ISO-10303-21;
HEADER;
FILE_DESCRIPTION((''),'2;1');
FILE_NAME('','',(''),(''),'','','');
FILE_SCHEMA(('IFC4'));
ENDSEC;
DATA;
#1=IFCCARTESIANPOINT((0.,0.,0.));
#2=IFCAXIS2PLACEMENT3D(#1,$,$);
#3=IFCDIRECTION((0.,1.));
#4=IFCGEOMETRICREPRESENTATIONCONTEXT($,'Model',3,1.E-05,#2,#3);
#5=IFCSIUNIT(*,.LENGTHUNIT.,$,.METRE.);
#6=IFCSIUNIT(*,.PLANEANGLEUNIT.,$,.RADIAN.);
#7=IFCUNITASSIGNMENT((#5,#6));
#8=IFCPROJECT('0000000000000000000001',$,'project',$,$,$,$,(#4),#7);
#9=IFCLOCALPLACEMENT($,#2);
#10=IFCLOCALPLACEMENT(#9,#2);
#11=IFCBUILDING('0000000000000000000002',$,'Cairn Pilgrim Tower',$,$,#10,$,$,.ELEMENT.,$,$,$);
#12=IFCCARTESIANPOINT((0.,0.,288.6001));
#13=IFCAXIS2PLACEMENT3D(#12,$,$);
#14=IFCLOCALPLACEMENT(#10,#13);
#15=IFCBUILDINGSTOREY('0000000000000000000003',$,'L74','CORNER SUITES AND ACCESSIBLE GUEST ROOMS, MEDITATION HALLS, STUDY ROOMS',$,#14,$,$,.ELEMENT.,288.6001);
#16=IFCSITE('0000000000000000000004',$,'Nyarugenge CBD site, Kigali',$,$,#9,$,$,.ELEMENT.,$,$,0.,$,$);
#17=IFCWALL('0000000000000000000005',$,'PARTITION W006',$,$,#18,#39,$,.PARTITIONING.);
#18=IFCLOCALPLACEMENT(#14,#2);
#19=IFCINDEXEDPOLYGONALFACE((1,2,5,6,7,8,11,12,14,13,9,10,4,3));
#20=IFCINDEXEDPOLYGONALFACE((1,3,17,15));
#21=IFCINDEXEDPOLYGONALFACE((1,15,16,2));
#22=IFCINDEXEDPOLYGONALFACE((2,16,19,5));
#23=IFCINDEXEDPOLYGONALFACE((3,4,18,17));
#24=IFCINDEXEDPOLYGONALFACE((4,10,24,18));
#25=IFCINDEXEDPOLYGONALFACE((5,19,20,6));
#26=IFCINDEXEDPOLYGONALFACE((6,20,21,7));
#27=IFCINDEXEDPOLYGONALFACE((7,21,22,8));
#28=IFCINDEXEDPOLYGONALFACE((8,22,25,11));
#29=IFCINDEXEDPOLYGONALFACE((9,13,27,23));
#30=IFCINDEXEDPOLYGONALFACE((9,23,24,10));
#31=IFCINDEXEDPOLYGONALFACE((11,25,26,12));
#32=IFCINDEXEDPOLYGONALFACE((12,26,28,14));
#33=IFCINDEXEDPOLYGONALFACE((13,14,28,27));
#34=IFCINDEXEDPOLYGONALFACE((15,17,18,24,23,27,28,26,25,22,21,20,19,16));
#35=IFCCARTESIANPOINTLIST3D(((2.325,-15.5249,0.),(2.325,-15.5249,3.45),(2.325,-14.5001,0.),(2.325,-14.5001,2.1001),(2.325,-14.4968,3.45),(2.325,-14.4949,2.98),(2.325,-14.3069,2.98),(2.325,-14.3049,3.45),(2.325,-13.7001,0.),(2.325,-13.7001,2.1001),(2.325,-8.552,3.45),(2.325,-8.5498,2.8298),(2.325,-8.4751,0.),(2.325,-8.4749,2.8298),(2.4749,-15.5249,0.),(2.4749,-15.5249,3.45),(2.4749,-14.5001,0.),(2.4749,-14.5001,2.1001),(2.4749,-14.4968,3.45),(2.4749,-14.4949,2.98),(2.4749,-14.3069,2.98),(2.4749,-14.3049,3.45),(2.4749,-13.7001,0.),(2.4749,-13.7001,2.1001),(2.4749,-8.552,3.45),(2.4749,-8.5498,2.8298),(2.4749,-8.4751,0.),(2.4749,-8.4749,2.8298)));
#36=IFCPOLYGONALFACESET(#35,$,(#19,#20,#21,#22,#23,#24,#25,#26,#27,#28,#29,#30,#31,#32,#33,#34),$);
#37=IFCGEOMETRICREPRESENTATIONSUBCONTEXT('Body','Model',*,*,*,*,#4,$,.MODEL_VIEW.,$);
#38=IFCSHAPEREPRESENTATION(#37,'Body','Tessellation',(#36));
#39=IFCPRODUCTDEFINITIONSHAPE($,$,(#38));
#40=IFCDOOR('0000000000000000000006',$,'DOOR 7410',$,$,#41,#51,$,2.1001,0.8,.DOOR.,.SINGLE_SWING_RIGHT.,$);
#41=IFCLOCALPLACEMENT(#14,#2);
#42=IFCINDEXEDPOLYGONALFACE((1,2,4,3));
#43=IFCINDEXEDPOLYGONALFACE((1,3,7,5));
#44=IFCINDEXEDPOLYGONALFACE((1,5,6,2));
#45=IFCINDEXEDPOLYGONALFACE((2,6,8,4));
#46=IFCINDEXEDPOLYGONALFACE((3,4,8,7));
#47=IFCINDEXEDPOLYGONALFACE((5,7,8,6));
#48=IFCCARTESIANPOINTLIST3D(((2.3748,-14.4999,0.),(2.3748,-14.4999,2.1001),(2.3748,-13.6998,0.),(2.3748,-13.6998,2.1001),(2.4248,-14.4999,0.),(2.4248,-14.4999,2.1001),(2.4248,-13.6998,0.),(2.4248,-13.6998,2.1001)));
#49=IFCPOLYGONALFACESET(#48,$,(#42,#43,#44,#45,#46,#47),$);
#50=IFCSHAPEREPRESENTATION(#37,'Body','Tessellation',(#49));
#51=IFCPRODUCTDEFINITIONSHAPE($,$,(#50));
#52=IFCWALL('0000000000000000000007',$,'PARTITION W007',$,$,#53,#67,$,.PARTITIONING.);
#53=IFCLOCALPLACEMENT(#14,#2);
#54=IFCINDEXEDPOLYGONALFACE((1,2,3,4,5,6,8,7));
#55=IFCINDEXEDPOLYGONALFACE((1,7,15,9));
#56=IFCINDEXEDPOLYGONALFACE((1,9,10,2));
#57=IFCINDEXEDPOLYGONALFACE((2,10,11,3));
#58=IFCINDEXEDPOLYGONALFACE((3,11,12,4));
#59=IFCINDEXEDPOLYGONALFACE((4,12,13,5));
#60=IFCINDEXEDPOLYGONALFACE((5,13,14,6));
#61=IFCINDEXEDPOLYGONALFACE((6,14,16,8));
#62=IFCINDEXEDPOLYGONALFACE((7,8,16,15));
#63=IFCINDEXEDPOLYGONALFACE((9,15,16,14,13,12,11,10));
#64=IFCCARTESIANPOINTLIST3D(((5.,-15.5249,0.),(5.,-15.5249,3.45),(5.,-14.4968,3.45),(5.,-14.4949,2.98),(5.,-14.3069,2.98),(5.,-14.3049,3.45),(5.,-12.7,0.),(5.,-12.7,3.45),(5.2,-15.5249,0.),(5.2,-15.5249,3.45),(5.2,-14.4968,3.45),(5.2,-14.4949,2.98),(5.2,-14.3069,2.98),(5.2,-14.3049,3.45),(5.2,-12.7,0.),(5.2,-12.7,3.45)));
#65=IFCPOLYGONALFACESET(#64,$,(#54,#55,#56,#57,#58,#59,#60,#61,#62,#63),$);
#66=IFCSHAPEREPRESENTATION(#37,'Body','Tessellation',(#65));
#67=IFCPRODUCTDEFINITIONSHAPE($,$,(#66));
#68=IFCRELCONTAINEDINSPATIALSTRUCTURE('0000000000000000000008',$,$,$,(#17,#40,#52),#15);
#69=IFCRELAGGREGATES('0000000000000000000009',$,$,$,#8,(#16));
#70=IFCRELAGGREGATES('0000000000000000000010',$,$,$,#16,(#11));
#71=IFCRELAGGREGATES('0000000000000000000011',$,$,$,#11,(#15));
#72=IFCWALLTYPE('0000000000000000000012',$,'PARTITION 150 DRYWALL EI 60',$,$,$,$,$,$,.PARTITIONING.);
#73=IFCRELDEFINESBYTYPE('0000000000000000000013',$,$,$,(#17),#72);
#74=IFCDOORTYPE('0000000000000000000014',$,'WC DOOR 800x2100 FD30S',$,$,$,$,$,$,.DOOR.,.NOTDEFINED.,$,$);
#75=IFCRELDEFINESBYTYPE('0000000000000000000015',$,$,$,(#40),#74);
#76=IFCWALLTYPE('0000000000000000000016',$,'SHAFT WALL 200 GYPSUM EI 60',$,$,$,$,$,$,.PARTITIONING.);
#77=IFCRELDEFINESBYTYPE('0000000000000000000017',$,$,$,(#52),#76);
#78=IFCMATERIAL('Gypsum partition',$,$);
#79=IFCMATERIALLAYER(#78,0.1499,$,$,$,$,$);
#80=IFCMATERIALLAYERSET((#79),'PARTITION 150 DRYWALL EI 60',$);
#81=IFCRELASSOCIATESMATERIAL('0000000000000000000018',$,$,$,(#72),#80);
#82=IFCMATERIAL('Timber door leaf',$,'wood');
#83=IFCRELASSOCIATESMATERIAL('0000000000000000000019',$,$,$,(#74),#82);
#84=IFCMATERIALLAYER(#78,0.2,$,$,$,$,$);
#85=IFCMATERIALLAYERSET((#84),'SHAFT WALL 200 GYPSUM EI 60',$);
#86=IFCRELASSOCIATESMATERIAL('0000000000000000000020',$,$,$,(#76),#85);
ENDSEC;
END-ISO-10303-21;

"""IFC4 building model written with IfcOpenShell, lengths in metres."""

from ifc_helpers import new_model, si_unit, direction, frame, frame_2d, origin, place, context, subcontext, project, spatial, polyline, rectangle, outline, extrude, material, layer, layer_set, type_object, element, fill, save


model = new_model("IFC4")

# Units and contexts
model_context = context("Model", 3, precision=1e-05, world=origin(), true_north=direction((0.0, 1.0)))
body_context = subcontext(model_context, "Body", "Model", "MODEL_VIEW")
ifc_project = project(units=[si_unit("LENGTHUNIT", "METRE"), si_unit("PLANEANGLEUNIT", "RADIAN")], contexts=[model_context])

# Site, building, storey
site_placement = place(None, origin())
site = spatial("IfcSite", under=ifc_project, at=site_placement, Name="Nyarugenge CBD site, Kigali", CompositionType="ELEMENT", RefElevation=0.0)
building_placement = place(site_placement, origin())
building = spatial("IfcBuilding", under=site, at=building_placement, Name="Cairn Pilgrim Tower", CompositionType="ELEMENT")
storey_placement = place(building_placement, frame((0.0, 0.0, 288.6001)))
storey = spatial("IfcBuildingStorey", under=building, at=storey_placement, Name="L74", Description="CORNER SUITES AND ACCESSIBLE GUEST ROOMS, MEDITATION HALLS, STUDY ROOMS", CompositionType="ELEMENT", Elevation=288.6001)

# Shared definitions
ifc_material_1 = material(Name="Gypsum partition")
ifc_layer_1 = layer(ifc_material_1, 0.1499)
ifc_layer_set_1 = layer_set([ifc_layer_1], Name="PARTITION 150 DRYWALL EI 60")
wall_type_1 = type_object("IfcWallType", Name="PARTITION 150 DRYWALL EI 60", PredefinedType="PARTITIONING", material=ifc_layer_set_1)
ifc_material_2 = material(Name="Timber door leaf", Category="wood")

# Wall, opening, door
wall_1_placement = place(storey_placement, frame((2.3999, -15.5249, 0.0), z_axis=(0.0, 0.0, 1.0), x_axis=(0.0, 1.0, 0.0)))
wall_1 = element("IfcWall", 1, at=wall_1_placement, inside=storey, type_object=wall_type_1, Name="PARTITION W006", PredefinedType="PARTITIONING", context=body_context, shape_type="SweptSolid", body=[
    extrude(outline(polyline([(0.0, 0.0), (7.0498, 0.0), (7.05, 2.8298), (6.9751, 2.8298), (6.9729, 3.45), (1.22, 3.45), (1.218, 2.98), (1.03, 2.98), (1.0281, 3.45), (0.0, 3.45), (0.0, 0.0)])), frame((0.0, 0.075, 0.0), z_axis=(0.0, -1.0, 0.0), x_axis=(1.0, 0.0, 0.0)), (0.0, 0.0, 1.0), 0.1499),
])
opening_1_placement = place(wall_1_placement, frame((1.0249, 0.0, 0.0)))
opening_1 = element("IfcOpeningElement", 2, at=opening_1_placement, cuts=wall_1, PredefinedType="OPENING", context=body_context, shape_type="SweptSolid", body=[
    extrude(rectangle(XDim=0.8, YDim=2.1001, at=frame_2d((0.3999, 1.05))), frame((0.0, 0.085, 0.0), z_axis=(0.0, -1.0, 0.0), x_axis=(1.0, 0.0, 0.0)), (0.0, 0.0, 1.0), 0.1699),
])
door_type_1 = type_object("IfcDoorType", Name="WC DOOR 800x2100 FD30S", OperationType="NOTDEFINED", PredefinedType="DOOR", material=ifc_material_2)
door_1_placement = place(opening_1_placement, frame((0.8, 0.0, 0.0), z_axis=(0.0, 0.0, 1.0), x_axis=(-1.0, 0.0, 0.0)))
door_1 = element("IfcDoor", 3, at=door_1_placement, inside=storey, type_object=door_type_1, Name="DOOR 7410", OperationType="SINGLE_SWING_RIGHT", OverallHeight=2.1001, OverallWidth=0.8, PredefinedType="DOOR", context=body_context, shape_type="SweptSolid", body=[
    extrude(rectangle(XDim=0.8, YDim=2.1001, at=frame_2d((0.3999, 1.05))), frame((0.0, 0.0249, 0.0), z_axis=(0.0, -1.0, 0.0), x_axis=(1.0, 0.0, 0.0)), (0.0, 0.0, 1.0), 0.05),
])
fill(opening_1, door_1)

# Wall
ifc_layer_2 = layer(ifc_material_1, 0.2)
ifc_layer_set_2 = layer_set([ifc_layer_2], Name="SHAFT WALL 200 GYPSUM EI 60")
wall_type_2 = type_object("IfcWallType", Name="SHAFT WALL 200 GYPSUM EI 60", PredefinedType="PARTITIONING", material=ifc_layer_set_2)
wall_2_placement = place(storey_placement, frame((5.1001, -15.5249, 0.0), z_axis=(0.0, 0.0, 1.0), x_axis=(0.0, 1.0, 0.0)))
element("IfcWall", 4, at=wall_2_placement, inside=storey, type_object=wall_type_2, Name="PARTITION W007", PredefinedType="PARTITIONING", context=body_context, shape_type="SweptSolid", body=[
    extrude(outline(polyline([(0.0, 0.0), (2.825, 0.0), (2.825, 3.45), (1.22, 3.45), (1.218, 2.98), (1.03, 2.98), (1.0281, 3.45), (0.0, 3.45), (0.0, 0.0)])), frame((0.0, 0.1001, 0.0), z_axis=(0.0, -1.0, 0.0), x_axis=(1.0, 0.0, 0.0)), (0.0, 0.0, 1.0), 0.2),
])

save(model, "model.ifc")
